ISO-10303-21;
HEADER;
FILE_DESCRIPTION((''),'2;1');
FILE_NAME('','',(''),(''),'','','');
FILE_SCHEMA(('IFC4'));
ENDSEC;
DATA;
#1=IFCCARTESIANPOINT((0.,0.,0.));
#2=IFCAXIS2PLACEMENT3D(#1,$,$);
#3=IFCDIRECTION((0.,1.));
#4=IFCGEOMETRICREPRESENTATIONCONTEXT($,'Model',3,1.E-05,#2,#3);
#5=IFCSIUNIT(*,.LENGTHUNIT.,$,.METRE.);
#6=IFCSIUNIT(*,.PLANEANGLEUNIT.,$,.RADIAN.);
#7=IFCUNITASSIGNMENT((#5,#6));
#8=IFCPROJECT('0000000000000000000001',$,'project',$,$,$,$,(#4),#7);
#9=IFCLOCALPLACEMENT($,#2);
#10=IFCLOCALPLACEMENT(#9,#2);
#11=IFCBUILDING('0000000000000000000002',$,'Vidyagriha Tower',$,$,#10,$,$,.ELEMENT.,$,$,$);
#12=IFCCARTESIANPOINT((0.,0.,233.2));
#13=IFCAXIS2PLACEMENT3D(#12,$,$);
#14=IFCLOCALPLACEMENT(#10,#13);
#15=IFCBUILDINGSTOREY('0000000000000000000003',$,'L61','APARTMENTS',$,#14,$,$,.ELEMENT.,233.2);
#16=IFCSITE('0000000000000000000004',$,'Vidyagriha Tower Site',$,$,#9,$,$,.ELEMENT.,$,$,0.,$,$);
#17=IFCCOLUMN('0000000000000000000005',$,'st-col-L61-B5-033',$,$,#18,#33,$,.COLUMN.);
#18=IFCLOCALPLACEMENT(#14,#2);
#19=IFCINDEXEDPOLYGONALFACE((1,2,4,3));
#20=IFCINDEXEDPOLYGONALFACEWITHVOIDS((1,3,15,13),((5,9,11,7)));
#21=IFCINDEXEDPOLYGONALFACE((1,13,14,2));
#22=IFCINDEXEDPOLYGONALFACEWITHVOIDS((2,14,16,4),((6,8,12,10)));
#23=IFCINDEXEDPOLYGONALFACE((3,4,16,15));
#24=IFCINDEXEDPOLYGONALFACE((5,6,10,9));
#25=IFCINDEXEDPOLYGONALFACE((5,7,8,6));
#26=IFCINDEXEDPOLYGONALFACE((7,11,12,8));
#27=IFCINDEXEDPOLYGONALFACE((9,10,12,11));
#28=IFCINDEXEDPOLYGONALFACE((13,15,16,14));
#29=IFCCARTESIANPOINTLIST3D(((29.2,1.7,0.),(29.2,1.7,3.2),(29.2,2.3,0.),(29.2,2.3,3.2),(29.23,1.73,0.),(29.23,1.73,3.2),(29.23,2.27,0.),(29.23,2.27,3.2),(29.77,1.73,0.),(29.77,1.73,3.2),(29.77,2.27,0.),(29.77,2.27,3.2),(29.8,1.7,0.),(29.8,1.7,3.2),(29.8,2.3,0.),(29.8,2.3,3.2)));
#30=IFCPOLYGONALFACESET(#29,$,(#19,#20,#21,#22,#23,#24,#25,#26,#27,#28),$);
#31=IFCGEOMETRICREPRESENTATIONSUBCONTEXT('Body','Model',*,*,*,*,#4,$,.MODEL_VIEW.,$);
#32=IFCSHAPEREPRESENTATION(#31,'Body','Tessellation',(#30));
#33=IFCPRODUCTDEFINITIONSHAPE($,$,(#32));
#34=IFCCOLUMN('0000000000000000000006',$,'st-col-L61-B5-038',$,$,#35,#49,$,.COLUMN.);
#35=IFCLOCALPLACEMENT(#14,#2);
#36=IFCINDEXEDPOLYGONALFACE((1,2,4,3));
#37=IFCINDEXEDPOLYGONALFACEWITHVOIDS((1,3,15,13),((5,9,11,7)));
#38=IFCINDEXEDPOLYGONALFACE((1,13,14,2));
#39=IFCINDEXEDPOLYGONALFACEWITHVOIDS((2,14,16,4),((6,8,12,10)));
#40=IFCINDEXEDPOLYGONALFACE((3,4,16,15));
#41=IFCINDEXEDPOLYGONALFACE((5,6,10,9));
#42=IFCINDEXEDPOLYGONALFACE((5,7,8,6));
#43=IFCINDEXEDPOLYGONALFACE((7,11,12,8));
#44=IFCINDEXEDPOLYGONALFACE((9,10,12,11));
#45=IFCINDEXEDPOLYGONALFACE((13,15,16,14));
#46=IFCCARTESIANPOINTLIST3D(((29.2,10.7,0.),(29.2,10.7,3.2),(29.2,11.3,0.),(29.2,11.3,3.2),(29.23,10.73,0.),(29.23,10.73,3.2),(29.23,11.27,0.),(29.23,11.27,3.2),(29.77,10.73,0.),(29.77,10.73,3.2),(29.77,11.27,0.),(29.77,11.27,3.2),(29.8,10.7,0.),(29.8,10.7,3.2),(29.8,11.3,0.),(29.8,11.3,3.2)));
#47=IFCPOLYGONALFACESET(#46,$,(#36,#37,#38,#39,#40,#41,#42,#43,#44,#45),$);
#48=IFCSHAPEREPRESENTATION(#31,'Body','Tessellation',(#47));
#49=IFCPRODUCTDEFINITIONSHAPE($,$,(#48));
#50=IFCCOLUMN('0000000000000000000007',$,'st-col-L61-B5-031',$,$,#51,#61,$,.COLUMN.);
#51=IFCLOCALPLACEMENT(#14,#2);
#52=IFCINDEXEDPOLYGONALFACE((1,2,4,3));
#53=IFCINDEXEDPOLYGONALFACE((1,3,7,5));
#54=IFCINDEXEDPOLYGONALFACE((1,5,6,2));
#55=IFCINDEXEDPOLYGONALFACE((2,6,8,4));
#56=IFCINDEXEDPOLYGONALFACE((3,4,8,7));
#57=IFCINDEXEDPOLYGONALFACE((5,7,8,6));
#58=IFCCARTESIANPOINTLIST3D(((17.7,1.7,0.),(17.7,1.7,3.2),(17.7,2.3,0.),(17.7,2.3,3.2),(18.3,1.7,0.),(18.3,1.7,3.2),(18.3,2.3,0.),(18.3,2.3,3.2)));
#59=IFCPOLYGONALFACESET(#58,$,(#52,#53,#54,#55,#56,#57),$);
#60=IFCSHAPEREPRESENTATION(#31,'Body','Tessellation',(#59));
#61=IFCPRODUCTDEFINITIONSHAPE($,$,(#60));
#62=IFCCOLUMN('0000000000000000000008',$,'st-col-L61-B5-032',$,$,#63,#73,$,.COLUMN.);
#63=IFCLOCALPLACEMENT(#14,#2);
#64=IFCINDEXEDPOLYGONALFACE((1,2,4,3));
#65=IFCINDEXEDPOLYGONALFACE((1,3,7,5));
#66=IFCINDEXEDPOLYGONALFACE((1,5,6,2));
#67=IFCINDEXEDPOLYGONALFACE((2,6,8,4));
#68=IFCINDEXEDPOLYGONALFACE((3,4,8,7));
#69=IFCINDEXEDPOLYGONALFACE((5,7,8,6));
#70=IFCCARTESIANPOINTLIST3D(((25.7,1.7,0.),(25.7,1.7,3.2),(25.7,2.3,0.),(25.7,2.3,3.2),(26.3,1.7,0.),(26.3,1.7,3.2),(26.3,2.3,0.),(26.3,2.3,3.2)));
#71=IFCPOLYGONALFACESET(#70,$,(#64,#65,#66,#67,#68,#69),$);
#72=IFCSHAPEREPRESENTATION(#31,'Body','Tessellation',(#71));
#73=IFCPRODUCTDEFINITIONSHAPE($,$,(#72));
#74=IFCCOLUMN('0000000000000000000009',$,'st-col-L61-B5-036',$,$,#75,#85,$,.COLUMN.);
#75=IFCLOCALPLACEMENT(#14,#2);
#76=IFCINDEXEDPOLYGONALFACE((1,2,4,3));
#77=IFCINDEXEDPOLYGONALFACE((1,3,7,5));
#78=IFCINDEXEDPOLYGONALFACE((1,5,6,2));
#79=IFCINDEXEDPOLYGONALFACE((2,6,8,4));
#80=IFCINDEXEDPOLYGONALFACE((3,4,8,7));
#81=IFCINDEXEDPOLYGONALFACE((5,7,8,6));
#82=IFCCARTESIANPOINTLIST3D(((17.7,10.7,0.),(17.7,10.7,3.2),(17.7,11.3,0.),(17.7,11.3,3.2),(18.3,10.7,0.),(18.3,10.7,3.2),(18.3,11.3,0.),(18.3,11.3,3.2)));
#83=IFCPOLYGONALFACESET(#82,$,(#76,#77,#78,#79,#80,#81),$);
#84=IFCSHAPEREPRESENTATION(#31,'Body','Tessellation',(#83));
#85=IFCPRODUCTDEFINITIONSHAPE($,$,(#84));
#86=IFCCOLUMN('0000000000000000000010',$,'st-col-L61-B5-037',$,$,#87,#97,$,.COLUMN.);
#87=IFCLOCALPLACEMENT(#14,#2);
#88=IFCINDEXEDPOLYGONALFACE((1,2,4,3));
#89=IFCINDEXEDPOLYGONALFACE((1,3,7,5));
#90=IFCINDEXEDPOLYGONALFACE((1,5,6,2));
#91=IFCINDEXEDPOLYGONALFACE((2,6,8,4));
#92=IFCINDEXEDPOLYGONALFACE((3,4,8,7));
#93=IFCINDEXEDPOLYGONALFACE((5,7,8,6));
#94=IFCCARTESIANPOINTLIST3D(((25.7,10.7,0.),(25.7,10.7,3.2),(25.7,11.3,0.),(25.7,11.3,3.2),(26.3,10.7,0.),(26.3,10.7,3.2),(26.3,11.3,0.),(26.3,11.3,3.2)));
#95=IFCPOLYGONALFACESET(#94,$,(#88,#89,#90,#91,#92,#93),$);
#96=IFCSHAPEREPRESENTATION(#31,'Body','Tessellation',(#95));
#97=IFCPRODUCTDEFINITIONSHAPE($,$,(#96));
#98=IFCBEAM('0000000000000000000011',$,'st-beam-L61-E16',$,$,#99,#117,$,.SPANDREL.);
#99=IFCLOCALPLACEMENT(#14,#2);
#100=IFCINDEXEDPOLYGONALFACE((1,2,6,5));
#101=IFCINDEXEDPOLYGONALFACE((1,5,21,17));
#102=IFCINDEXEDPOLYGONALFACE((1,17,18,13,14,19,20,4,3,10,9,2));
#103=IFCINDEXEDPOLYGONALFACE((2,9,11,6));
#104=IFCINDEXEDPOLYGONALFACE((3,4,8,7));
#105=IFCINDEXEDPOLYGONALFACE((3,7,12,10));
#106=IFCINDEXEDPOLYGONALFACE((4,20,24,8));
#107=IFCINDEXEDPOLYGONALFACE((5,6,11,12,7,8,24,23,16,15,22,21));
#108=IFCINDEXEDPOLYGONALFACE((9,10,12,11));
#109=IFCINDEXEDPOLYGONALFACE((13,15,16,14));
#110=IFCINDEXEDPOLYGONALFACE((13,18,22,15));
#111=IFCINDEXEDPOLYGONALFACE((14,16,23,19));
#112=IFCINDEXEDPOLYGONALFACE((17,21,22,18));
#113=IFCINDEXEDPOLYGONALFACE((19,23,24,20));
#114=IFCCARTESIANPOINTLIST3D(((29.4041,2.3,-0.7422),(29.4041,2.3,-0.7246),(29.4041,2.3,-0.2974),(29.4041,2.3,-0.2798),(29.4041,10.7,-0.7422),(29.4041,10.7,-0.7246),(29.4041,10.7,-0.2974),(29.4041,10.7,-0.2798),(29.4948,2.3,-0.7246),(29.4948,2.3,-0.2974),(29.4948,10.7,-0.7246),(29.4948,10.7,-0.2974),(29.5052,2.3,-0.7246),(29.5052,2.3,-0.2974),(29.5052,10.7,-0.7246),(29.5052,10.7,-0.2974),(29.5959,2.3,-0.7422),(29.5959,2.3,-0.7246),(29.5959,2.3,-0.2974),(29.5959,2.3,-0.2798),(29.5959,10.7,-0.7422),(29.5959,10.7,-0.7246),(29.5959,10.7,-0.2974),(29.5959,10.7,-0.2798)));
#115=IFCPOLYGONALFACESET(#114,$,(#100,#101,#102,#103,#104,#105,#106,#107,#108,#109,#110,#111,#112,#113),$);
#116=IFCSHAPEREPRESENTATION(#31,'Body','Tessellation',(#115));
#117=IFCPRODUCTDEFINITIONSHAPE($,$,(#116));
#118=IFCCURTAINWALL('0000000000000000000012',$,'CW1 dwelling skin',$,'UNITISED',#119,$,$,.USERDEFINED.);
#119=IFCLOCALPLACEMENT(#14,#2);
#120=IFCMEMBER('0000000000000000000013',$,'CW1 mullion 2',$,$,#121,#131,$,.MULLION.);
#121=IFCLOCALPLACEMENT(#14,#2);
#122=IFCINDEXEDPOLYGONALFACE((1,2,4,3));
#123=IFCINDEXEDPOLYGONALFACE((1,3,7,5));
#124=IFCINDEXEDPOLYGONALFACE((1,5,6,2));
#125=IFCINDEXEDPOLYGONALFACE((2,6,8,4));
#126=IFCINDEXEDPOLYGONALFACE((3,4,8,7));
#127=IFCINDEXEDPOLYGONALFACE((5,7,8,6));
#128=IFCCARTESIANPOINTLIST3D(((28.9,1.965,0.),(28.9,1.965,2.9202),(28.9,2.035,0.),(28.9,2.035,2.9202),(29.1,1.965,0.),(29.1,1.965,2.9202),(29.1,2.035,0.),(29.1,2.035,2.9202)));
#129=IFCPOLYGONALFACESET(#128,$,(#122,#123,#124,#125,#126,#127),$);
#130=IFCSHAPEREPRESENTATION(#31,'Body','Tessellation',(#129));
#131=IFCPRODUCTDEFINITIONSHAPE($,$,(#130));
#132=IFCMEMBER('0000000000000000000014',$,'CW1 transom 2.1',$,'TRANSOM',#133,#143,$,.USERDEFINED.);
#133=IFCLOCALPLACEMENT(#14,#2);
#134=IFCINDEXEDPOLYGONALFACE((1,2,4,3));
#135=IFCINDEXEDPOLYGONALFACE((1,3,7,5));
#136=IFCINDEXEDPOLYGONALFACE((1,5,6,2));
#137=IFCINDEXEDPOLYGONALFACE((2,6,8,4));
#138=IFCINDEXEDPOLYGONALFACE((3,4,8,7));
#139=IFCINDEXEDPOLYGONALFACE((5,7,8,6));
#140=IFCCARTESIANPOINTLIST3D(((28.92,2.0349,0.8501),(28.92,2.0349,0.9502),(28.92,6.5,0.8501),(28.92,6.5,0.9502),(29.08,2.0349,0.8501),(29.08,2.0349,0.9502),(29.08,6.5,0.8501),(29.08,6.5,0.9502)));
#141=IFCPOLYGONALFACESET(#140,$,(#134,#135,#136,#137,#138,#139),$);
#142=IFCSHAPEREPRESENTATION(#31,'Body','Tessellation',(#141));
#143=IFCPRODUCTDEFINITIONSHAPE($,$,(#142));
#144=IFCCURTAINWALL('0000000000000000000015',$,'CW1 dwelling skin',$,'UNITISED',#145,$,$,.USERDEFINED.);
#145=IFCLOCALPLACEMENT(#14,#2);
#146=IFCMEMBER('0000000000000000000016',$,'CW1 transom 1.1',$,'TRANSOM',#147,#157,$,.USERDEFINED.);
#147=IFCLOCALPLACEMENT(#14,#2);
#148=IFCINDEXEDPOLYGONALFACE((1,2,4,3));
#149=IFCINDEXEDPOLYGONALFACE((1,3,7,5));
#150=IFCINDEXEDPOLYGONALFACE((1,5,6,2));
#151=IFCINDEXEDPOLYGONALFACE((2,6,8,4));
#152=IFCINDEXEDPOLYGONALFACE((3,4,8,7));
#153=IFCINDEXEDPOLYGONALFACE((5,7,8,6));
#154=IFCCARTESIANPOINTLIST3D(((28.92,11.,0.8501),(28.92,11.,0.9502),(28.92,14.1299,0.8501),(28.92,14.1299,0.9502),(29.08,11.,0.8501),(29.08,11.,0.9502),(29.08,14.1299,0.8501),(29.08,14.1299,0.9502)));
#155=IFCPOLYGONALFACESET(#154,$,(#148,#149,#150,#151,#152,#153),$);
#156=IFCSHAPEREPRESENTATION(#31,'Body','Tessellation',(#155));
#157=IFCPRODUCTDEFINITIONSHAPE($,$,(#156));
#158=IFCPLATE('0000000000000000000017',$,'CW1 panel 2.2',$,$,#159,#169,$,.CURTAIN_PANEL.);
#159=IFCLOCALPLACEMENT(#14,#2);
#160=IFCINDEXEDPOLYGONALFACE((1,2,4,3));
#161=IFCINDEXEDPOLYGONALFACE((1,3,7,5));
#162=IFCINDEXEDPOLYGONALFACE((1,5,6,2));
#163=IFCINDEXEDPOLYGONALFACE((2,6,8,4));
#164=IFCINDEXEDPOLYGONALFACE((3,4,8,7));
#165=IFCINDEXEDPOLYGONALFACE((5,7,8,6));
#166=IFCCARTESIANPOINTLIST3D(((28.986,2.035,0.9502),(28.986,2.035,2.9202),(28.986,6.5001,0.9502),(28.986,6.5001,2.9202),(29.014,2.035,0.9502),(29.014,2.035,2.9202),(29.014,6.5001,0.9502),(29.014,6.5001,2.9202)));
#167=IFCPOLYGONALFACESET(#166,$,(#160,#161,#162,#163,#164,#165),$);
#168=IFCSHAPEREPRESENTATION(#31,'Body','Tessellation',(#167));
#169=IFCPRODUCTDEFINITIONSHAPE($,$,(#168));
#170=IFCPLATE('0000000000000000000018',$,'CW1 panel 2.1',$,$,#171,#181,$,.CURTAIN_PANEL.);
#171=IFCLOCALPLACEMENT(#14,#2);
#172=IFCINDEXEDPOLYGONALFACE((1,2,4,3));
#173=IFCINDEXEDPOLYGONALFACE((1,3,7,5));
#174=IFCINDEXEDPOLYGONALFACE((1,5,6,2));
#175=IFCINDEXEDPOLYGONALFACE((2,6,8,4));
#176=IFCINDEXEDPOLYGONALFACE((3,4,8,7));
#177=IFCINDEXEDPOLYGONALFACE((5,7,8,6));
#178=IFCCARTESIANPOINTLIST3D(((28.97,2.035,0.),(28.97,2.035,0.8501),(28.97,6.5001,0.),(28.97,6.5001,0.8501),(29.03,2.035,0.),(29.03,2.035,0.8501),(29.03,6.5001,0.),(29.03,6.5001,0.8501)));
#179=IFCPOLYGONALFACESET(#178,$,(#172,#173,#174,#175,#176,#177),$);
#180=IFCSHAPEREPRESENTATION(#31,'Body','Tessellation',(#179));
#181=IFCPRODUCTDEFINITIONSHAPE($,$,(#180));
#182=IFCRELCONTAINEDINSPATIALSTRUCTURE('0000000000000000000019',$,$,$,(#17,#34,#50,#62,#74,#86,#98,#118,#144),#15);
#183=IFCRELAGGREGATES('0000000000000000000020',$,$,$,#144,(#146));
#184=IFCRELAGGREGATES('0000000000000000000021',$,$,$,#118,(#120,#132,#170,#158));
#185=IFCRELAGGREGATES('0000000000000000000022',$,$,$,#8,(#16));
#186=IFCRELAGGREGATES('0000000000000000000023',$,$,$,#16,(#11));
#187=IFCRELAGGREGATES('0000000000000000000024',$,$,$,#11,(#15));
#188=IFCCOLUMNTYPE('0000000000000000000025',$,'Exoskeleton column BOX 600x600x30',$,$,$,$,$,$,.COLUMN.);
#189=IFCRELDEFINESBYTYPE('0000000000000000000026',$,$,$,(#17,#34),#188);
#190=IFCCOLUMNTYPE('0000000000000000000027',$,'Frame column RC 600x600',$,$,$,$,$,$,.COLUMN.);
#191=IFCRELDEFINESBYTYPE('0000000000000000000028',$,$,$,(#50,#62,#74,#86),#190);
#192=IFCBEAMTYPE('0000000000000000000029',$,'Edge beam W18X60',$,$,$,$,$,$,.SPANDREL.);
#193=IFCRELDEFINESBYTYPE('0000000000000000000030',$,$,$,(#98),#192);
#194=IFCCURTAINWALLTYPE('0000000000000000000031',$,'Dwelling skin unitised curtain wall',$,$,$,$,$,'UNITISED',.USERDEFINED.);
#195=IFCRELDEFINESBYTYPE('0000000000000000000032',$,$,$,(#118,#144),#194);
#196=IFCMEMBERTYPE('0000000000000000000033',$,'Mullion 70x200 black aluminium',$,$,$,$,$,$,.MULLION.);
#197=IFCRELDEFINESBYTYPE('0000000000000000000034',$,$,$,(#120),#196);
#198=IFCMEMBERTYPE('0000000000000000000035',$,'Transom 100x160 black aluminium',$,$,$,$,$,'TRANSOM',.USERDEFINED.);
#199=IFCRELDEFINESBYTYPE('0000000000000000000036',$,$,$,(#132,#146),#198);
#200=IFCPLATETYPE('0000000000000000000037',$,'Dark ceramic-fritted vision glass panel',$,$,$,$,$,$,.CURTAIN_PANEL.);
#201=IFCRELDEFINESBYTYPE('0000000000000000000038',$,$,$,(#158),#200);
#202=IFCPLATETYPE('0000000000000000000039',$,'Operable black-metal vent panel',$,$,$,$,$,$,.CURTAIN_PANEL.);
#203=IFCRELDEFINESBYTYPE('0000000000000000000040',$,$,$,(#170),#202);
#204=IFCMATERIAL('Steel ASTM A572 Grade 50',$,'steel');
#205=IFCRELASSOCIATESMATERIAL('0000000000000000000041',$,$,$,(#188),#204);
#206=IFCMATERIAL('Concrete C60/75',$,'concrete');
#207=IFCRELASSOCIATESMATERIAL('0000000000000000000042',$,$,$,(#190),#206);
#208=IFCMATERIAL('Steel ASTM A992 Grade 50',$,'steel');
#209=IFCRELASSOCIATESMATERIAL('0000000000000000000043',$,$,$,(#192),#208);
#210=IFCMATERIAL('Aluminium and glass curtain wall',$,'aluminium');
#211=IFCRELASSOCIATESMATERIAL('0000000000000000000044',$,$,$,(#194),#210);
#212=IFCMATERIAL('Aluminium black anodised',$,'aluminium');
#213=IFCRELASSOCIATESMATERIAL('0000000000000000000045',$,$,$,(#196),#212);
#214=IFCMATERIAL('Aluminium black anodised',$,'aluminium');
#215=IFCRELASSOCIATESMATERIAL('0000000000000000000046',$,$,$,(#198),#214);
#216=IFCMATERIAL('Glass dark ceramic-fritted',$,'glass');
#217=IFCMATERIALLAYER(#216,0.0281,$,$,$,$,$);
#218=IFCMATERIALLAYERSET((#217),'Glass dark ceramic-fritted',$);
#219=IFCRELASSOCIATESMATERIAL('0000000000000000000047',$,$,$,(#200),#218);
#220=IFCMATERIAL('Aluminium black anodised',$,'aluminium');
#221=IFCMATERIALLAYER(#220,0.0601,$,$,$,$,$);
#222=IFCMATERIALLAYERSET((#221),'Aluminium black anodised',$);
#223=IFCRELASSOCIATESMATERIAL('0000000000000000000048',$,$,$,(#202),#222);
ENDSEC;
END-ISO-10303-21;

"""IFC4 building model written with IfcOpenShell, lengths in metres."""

from ifc_helpers import new_model, si_unit, direction, frame, origin, origin_2d, place, context, subcontext, project, spatial, rectangle, hollow_rectangle, i_section, extrude, material, layer, layer_set, material_profile, profile_set, type_object, element, aggregate, save


model = new_model("IFC4")

# Units and contexts
model_context = context("Model", 3, precision=1e-05, world=origin(), true_north=direction((0.0, 1.0)))
body_context = subcontext(model_context, "Body", "Model", "MODEL_VIEW")
ifc_project = project(units=[si_unit("LENGTHUNIT", "METRE"), si_unit("PLANEANGLEUNIT", "RADIAN")], contexts=[model_context])

# Site, building, storey
site_placement = place(None, origin())
site = spatial("IfcSite", under=ifc_project, at=site_placement, Name="Vidyagriha Tower Site", CompositionType="ELEMENT", RefElevation=0.0)
building_placement = place(site_placement, origin())
building = spatial("IfcBuilding", under=site, at=building_placement, Name="Vidyagriha Tower", CompositionType="ELEMENT")
storey_placement = place(building_placement, frame((0.0, 0.0, 233.2)))
storey = spatial("IfcBuildingStorey", under=building, at=storey_placement, Name="L61", Description="APARTMENTS", CompositionType="ELEMENT", Elevation=233.2)

# Columns
ifc_material_1 = material(Name="Steel ASTM A572 Grade 50", Category="steel")
ifc_material_profile_1 = material_profile(ifc_material_1, hollow_rectangle(XDim=0.6001, YDim=0.6001, WallThickness=0.03, at=origin_2d()), Name="BOX 600x600x30")
ifc_profile_set_1 = profile_set([ifc_material_profile_1], Name="Steel ASTM A572 Grade 50")
column_type_1 = type_object("IfcColumnType", Name="Exoskeleton column BOX 600x600x30", PredefinedType="COLUMN", material=ifc_profile_set_1)
for number, where, name in (
    (1, (29.5, 2.0, 0.0), "st-col-L61-B5-033"),
    (2, (29.5, 11.0, 0.0), "st-col-L61-B5-038"),
):
    element("IfcColumn", number, at=place(storey_placement, frame(where)), inside=storey, type_object=column_type_1, Name=name, PredefinedType="COLUMN", context=body_context, shape_type="SweptSolid", body=[
        extrude(hollow_rectangle(XDim=0.6001, YDim=0.6001, WallThickness=0.03, at=origin_2d()), origin(), (0.0, 0.0, 1.0), 3.2),
    ])
ifc_material_2 = material(Name="Concrete C60/75", Category="concrete")
ifc_material_profile_2 = material_profile(ifc_material_2, rectangle(XDim=0.6001, YDim=0.6001, at=origin_2d()), Name="RC 600x600")
ifc_profile_set_2 = profile_set([ifc_material_profile_2], Name="Concrete C60/75")
column_type_2 = type_object("IfcColumnType", Name="Frame column RC 600x600", PredefinedType="COLUMN", material=ifc_profile_set_2)
for number, where, name in (
    (3, (18.0, 2.0, 0.0), "st-col-L61-B5-031"),
    (4, (26.0, 2.0, 0.0), "st-col-L61-B5-032"),
    (5, (18.0, 11.0, 0.0), "st-col-L61-B5-036"),
    (6, (26.0, 11.0, 0.0), "st-col-L61-B5-037"),
):
    element("IfcColumn", number, at=place(storey_placement, frame(where)), inside=storey, type_object=column_type_2, Name=name, PredefinedType="COLUMN", context=body_context, shape_type="SweptSolid", body=[
        extrude(rectangle(XDim=0.6001, YDim=0.6001, at=origin_2d()), origin(), (0.0, 0.0, 1.0), 3.2),
    ])

# Beam
ifc_material_3 = material(Name="Steel ASTM A992 Grade 50", Category="steel")
ifc_material_profile_3 = material_profile(ifc_material_3, i_section(OverallWidth=0.1919, OverallDepth=0.4624, WebThickness=0.0105, FlangeThickness=0.0176, at=origin_2d()), Name="W18X60")
ifc_profile_set_3 = profile_set([ifc_material_profile_3], Name="Steel ASTM A992 Grade 50")
beam_type = type_object("IfcBeamType", Name="Edge beam W18X60", PredefinedType="SPANDREL", material=ifc_profile_set_3)
beam_placement = place(storey_placement, frame((29.5, 2.3, -0.511), z_axis=(0.0, 1.0, 0.0), x_axis=(-1.0, 0.0, 0.0)))
element("IfcBeam", 7, at=beam_placement, inside=storey, type_object=beam_type, Name="st-beam-L61-E16", PredefinedType="SPANDREL", context=body_context, shape_type="SweptSolid", body=[
    extrude(i_section(OverallWidth=0.1919, OverallDepth=0.4624, WebThickness=0.0105, FlangeThickness=0.0176, at=origin_2d()), origin(), (0.0, 0.0, 1.0), 8.3999),
])

# Curtain wall, members
ifc_material_4 = material(Name="Aluminium and glass curtain wall", Category="aluminium")
curtain_wall_type = type_object("IfcCurtainWallType", Name="Dwelling skin unitised curtain wall", ElementType="UNITISED", PredefinedType="USERDEFINED", material=ifc_material_4)
curtain_wall_1_placement = place(storey_placement, origin())
curtain_wall_1 = element("IfcCurtainWall", 8, at=curtain_wall_1_placement, inside=storey, type_object=curtain_wall_type, Name="CW1 dwelling skin", ObjectType="UNITISED", PredefinedType="USERDEFINED")
ifc_material_5 = material(Name="Aluminium black anodised", Category="aluminium")
ifc_material_profile_4 = material_profile(ifc_material_5, rectangle(XDim=0.2, YDim=0.0701, at=origin_2d()), Name="Mullion 70x200 black aluminium")
ifc_profile_set_4 = profile_set([ifc_material_profile_4], Name="Aluminium black anodised")
member_type_1 = type_object("IfcMemberType", Name="Mullion 70x200 black aluminium", PredefinedType="MULLION", material=ifc_profile_set_4)
member_1_placement = place(storey_placement, frame((29.0, 2.0, 0.0), z_axis=(0.0, 0.0, 1.0), x_axis=(-1.0, 0.0, 0.0)))
member_1 = element("IfcMember", 9, at=member_1_placement, type_object=member_type_1, Name="CW1 mullion 2", PredefinedType="MULLION", context=body_context, shape_type="SweptSolid", body=[
    extrude(rectangle(XDim=0.2, YDim=0.0701, at=origin_2d()), origin(), (0.0, 0.0, 1.0), 2.9202),
])
ifc_material_6 = material(Name="Aluminium black anodised", Category="aluminium")
ifc_material_profile_5 = material_profile(ifc_material_6, rectangle(XDim=0.1599, YDim=0.1001, at=origin_2d()), Name="Transom 100x160 black aluminium")
ifc_profile_set_5 = profile_set([ifc_material_profile_5], Name="Aluminium black anodised")
member_type_2 = type_object("IfcMemberType", Name="Transom 100x160 black aluminium", ElementType="TRANSOM", PredefinedType="USERDEFINED", material=ifc_profile_set_5)
member_2_placement = place(storey_placement, frame((29.0, 2.0349, 0.9001), z_axis=(0.0, 1.0, 0.0), x_axis=(-1.0, 0.0, 0.0)))
member_2 = element("IfcMember", 10, at=member_2_placement, type_object=member_type_2, Name="CW1 transom 2.1", ObjectType="TRANSOM", PredefinedType="USERDEFINED", context=body_context, shape_type="SweptSolid", body=[
    extrude(rectangle(XDim=0.1599, YDim=0.1001, at=origin_2d()), origin(), (0.0, 0.0, 1.0), 4.4651),
])

# Curtain wall, member
curtain_wall_2_placement = place(storey_placement, origin())
curtain_wall_2 = element("IfcCurtainWall", 11, at=curtain_wall_2_placement, inside=storey, type_object=curtain_wall_type, Name="CW1 dwelling skin", ObjectType="UNITISED", PredefinedType="USERDEFINED")
member_3_placement = place(storey_placement, frame((29.0, 11.0, 0.9001), z_axis=(0.0, 1.0, 0.0), x_axis=(-1.0, 0.0, 0.0)))
member_3 = element("IfcMember", 12, at=member_3_placement, type_object=member_type_2, Name="CW1 transom 1.1", ObjectType="TRANSOM", PredefinedType="USERDEFINED", context=body_context, shape_type="SweptSolid", body=[
    extrude(rectangle(XDim=0.1599, YDim=0.1001, at=origin_2d()), origin(), (0.0, 0.0, 1.0), 3.1299),
])
aggregate(curtain_wall_2, [member_3])

# Plates
ifc_material_7 = material(Name="Glass dark ceramic-fritted", Category="glass")
ifc_layer_1 = layer(ifc_material_7, 0.0281)
ifc_layer_set_1 = layer_set([ifc_layer_1], Name="Glass dark ceramic-fritted")
plate_type_1 = type_object("IfcPlateType", Name="Dark ceramic-fritted vision glass panel", PredefinedType="CURTAIN_PANEL", material=ifc_layer_set_1)
plate_1_placement = place(storey_placement, frame((29.0, 4.2676, 0.9502), z_axis=(0.0, 0.0, 1.0), x_axis=(0.0, 1.0, 0.0)))
plate_1 = element("IfcPlate", 13, at=plate_1_placement, type_object=plate_type_1, Name="CW1 panel 2.2", PredefinedType="CURTAIN_PANEL", context=body_context, shape_type="SweptSolid", body=[
    extrude(rectangle(XDim=4.4651, YDim=0.0281, at=origin_2d()), origin(), (0.0, 0.0, 1.0), 1.97),
])
ifc_material_8 = material(Name="Aluminium black anodised", Category="aluminium")
ifc_layer_2 = layer(ifc_material_8, 0.0601)
ifc_layer_set_2 = layer_set([ifc_layer_2], Name="Aluminium black anodised")
plate_type_2 = type_object("IfcPlateType", Name="Operable black-metal vent panel", PredefinedType="CURTAIN_PANEL", material=ifc_layer_set_2)
plate_2_placement = place(storey_placement, frame((29.0, 4.2676, 0.0), z_axis=(0.0, 0.0, 1.0), x_axis=(0.0, 1.0, 0.0)))
plate_2 = element("IfcPlate", 14, at=plate_2_placement, type_object=plate_type_2, Name="CW1 panel 2.1", PredefinedType="CURTAIN_PANEL", context=body_context, shape_type="SweptSolid", body=[
    extrude(rectangle(XDim=4.4651, YDim=0.0601, at=origin_2d()), origin(), (0.0, 0.0, 1.0), 0.8501),
])
aggregate(curtain_wall_1, [member_1, member_2, plate_2, plate_1])

save(model, "model.ifc")
